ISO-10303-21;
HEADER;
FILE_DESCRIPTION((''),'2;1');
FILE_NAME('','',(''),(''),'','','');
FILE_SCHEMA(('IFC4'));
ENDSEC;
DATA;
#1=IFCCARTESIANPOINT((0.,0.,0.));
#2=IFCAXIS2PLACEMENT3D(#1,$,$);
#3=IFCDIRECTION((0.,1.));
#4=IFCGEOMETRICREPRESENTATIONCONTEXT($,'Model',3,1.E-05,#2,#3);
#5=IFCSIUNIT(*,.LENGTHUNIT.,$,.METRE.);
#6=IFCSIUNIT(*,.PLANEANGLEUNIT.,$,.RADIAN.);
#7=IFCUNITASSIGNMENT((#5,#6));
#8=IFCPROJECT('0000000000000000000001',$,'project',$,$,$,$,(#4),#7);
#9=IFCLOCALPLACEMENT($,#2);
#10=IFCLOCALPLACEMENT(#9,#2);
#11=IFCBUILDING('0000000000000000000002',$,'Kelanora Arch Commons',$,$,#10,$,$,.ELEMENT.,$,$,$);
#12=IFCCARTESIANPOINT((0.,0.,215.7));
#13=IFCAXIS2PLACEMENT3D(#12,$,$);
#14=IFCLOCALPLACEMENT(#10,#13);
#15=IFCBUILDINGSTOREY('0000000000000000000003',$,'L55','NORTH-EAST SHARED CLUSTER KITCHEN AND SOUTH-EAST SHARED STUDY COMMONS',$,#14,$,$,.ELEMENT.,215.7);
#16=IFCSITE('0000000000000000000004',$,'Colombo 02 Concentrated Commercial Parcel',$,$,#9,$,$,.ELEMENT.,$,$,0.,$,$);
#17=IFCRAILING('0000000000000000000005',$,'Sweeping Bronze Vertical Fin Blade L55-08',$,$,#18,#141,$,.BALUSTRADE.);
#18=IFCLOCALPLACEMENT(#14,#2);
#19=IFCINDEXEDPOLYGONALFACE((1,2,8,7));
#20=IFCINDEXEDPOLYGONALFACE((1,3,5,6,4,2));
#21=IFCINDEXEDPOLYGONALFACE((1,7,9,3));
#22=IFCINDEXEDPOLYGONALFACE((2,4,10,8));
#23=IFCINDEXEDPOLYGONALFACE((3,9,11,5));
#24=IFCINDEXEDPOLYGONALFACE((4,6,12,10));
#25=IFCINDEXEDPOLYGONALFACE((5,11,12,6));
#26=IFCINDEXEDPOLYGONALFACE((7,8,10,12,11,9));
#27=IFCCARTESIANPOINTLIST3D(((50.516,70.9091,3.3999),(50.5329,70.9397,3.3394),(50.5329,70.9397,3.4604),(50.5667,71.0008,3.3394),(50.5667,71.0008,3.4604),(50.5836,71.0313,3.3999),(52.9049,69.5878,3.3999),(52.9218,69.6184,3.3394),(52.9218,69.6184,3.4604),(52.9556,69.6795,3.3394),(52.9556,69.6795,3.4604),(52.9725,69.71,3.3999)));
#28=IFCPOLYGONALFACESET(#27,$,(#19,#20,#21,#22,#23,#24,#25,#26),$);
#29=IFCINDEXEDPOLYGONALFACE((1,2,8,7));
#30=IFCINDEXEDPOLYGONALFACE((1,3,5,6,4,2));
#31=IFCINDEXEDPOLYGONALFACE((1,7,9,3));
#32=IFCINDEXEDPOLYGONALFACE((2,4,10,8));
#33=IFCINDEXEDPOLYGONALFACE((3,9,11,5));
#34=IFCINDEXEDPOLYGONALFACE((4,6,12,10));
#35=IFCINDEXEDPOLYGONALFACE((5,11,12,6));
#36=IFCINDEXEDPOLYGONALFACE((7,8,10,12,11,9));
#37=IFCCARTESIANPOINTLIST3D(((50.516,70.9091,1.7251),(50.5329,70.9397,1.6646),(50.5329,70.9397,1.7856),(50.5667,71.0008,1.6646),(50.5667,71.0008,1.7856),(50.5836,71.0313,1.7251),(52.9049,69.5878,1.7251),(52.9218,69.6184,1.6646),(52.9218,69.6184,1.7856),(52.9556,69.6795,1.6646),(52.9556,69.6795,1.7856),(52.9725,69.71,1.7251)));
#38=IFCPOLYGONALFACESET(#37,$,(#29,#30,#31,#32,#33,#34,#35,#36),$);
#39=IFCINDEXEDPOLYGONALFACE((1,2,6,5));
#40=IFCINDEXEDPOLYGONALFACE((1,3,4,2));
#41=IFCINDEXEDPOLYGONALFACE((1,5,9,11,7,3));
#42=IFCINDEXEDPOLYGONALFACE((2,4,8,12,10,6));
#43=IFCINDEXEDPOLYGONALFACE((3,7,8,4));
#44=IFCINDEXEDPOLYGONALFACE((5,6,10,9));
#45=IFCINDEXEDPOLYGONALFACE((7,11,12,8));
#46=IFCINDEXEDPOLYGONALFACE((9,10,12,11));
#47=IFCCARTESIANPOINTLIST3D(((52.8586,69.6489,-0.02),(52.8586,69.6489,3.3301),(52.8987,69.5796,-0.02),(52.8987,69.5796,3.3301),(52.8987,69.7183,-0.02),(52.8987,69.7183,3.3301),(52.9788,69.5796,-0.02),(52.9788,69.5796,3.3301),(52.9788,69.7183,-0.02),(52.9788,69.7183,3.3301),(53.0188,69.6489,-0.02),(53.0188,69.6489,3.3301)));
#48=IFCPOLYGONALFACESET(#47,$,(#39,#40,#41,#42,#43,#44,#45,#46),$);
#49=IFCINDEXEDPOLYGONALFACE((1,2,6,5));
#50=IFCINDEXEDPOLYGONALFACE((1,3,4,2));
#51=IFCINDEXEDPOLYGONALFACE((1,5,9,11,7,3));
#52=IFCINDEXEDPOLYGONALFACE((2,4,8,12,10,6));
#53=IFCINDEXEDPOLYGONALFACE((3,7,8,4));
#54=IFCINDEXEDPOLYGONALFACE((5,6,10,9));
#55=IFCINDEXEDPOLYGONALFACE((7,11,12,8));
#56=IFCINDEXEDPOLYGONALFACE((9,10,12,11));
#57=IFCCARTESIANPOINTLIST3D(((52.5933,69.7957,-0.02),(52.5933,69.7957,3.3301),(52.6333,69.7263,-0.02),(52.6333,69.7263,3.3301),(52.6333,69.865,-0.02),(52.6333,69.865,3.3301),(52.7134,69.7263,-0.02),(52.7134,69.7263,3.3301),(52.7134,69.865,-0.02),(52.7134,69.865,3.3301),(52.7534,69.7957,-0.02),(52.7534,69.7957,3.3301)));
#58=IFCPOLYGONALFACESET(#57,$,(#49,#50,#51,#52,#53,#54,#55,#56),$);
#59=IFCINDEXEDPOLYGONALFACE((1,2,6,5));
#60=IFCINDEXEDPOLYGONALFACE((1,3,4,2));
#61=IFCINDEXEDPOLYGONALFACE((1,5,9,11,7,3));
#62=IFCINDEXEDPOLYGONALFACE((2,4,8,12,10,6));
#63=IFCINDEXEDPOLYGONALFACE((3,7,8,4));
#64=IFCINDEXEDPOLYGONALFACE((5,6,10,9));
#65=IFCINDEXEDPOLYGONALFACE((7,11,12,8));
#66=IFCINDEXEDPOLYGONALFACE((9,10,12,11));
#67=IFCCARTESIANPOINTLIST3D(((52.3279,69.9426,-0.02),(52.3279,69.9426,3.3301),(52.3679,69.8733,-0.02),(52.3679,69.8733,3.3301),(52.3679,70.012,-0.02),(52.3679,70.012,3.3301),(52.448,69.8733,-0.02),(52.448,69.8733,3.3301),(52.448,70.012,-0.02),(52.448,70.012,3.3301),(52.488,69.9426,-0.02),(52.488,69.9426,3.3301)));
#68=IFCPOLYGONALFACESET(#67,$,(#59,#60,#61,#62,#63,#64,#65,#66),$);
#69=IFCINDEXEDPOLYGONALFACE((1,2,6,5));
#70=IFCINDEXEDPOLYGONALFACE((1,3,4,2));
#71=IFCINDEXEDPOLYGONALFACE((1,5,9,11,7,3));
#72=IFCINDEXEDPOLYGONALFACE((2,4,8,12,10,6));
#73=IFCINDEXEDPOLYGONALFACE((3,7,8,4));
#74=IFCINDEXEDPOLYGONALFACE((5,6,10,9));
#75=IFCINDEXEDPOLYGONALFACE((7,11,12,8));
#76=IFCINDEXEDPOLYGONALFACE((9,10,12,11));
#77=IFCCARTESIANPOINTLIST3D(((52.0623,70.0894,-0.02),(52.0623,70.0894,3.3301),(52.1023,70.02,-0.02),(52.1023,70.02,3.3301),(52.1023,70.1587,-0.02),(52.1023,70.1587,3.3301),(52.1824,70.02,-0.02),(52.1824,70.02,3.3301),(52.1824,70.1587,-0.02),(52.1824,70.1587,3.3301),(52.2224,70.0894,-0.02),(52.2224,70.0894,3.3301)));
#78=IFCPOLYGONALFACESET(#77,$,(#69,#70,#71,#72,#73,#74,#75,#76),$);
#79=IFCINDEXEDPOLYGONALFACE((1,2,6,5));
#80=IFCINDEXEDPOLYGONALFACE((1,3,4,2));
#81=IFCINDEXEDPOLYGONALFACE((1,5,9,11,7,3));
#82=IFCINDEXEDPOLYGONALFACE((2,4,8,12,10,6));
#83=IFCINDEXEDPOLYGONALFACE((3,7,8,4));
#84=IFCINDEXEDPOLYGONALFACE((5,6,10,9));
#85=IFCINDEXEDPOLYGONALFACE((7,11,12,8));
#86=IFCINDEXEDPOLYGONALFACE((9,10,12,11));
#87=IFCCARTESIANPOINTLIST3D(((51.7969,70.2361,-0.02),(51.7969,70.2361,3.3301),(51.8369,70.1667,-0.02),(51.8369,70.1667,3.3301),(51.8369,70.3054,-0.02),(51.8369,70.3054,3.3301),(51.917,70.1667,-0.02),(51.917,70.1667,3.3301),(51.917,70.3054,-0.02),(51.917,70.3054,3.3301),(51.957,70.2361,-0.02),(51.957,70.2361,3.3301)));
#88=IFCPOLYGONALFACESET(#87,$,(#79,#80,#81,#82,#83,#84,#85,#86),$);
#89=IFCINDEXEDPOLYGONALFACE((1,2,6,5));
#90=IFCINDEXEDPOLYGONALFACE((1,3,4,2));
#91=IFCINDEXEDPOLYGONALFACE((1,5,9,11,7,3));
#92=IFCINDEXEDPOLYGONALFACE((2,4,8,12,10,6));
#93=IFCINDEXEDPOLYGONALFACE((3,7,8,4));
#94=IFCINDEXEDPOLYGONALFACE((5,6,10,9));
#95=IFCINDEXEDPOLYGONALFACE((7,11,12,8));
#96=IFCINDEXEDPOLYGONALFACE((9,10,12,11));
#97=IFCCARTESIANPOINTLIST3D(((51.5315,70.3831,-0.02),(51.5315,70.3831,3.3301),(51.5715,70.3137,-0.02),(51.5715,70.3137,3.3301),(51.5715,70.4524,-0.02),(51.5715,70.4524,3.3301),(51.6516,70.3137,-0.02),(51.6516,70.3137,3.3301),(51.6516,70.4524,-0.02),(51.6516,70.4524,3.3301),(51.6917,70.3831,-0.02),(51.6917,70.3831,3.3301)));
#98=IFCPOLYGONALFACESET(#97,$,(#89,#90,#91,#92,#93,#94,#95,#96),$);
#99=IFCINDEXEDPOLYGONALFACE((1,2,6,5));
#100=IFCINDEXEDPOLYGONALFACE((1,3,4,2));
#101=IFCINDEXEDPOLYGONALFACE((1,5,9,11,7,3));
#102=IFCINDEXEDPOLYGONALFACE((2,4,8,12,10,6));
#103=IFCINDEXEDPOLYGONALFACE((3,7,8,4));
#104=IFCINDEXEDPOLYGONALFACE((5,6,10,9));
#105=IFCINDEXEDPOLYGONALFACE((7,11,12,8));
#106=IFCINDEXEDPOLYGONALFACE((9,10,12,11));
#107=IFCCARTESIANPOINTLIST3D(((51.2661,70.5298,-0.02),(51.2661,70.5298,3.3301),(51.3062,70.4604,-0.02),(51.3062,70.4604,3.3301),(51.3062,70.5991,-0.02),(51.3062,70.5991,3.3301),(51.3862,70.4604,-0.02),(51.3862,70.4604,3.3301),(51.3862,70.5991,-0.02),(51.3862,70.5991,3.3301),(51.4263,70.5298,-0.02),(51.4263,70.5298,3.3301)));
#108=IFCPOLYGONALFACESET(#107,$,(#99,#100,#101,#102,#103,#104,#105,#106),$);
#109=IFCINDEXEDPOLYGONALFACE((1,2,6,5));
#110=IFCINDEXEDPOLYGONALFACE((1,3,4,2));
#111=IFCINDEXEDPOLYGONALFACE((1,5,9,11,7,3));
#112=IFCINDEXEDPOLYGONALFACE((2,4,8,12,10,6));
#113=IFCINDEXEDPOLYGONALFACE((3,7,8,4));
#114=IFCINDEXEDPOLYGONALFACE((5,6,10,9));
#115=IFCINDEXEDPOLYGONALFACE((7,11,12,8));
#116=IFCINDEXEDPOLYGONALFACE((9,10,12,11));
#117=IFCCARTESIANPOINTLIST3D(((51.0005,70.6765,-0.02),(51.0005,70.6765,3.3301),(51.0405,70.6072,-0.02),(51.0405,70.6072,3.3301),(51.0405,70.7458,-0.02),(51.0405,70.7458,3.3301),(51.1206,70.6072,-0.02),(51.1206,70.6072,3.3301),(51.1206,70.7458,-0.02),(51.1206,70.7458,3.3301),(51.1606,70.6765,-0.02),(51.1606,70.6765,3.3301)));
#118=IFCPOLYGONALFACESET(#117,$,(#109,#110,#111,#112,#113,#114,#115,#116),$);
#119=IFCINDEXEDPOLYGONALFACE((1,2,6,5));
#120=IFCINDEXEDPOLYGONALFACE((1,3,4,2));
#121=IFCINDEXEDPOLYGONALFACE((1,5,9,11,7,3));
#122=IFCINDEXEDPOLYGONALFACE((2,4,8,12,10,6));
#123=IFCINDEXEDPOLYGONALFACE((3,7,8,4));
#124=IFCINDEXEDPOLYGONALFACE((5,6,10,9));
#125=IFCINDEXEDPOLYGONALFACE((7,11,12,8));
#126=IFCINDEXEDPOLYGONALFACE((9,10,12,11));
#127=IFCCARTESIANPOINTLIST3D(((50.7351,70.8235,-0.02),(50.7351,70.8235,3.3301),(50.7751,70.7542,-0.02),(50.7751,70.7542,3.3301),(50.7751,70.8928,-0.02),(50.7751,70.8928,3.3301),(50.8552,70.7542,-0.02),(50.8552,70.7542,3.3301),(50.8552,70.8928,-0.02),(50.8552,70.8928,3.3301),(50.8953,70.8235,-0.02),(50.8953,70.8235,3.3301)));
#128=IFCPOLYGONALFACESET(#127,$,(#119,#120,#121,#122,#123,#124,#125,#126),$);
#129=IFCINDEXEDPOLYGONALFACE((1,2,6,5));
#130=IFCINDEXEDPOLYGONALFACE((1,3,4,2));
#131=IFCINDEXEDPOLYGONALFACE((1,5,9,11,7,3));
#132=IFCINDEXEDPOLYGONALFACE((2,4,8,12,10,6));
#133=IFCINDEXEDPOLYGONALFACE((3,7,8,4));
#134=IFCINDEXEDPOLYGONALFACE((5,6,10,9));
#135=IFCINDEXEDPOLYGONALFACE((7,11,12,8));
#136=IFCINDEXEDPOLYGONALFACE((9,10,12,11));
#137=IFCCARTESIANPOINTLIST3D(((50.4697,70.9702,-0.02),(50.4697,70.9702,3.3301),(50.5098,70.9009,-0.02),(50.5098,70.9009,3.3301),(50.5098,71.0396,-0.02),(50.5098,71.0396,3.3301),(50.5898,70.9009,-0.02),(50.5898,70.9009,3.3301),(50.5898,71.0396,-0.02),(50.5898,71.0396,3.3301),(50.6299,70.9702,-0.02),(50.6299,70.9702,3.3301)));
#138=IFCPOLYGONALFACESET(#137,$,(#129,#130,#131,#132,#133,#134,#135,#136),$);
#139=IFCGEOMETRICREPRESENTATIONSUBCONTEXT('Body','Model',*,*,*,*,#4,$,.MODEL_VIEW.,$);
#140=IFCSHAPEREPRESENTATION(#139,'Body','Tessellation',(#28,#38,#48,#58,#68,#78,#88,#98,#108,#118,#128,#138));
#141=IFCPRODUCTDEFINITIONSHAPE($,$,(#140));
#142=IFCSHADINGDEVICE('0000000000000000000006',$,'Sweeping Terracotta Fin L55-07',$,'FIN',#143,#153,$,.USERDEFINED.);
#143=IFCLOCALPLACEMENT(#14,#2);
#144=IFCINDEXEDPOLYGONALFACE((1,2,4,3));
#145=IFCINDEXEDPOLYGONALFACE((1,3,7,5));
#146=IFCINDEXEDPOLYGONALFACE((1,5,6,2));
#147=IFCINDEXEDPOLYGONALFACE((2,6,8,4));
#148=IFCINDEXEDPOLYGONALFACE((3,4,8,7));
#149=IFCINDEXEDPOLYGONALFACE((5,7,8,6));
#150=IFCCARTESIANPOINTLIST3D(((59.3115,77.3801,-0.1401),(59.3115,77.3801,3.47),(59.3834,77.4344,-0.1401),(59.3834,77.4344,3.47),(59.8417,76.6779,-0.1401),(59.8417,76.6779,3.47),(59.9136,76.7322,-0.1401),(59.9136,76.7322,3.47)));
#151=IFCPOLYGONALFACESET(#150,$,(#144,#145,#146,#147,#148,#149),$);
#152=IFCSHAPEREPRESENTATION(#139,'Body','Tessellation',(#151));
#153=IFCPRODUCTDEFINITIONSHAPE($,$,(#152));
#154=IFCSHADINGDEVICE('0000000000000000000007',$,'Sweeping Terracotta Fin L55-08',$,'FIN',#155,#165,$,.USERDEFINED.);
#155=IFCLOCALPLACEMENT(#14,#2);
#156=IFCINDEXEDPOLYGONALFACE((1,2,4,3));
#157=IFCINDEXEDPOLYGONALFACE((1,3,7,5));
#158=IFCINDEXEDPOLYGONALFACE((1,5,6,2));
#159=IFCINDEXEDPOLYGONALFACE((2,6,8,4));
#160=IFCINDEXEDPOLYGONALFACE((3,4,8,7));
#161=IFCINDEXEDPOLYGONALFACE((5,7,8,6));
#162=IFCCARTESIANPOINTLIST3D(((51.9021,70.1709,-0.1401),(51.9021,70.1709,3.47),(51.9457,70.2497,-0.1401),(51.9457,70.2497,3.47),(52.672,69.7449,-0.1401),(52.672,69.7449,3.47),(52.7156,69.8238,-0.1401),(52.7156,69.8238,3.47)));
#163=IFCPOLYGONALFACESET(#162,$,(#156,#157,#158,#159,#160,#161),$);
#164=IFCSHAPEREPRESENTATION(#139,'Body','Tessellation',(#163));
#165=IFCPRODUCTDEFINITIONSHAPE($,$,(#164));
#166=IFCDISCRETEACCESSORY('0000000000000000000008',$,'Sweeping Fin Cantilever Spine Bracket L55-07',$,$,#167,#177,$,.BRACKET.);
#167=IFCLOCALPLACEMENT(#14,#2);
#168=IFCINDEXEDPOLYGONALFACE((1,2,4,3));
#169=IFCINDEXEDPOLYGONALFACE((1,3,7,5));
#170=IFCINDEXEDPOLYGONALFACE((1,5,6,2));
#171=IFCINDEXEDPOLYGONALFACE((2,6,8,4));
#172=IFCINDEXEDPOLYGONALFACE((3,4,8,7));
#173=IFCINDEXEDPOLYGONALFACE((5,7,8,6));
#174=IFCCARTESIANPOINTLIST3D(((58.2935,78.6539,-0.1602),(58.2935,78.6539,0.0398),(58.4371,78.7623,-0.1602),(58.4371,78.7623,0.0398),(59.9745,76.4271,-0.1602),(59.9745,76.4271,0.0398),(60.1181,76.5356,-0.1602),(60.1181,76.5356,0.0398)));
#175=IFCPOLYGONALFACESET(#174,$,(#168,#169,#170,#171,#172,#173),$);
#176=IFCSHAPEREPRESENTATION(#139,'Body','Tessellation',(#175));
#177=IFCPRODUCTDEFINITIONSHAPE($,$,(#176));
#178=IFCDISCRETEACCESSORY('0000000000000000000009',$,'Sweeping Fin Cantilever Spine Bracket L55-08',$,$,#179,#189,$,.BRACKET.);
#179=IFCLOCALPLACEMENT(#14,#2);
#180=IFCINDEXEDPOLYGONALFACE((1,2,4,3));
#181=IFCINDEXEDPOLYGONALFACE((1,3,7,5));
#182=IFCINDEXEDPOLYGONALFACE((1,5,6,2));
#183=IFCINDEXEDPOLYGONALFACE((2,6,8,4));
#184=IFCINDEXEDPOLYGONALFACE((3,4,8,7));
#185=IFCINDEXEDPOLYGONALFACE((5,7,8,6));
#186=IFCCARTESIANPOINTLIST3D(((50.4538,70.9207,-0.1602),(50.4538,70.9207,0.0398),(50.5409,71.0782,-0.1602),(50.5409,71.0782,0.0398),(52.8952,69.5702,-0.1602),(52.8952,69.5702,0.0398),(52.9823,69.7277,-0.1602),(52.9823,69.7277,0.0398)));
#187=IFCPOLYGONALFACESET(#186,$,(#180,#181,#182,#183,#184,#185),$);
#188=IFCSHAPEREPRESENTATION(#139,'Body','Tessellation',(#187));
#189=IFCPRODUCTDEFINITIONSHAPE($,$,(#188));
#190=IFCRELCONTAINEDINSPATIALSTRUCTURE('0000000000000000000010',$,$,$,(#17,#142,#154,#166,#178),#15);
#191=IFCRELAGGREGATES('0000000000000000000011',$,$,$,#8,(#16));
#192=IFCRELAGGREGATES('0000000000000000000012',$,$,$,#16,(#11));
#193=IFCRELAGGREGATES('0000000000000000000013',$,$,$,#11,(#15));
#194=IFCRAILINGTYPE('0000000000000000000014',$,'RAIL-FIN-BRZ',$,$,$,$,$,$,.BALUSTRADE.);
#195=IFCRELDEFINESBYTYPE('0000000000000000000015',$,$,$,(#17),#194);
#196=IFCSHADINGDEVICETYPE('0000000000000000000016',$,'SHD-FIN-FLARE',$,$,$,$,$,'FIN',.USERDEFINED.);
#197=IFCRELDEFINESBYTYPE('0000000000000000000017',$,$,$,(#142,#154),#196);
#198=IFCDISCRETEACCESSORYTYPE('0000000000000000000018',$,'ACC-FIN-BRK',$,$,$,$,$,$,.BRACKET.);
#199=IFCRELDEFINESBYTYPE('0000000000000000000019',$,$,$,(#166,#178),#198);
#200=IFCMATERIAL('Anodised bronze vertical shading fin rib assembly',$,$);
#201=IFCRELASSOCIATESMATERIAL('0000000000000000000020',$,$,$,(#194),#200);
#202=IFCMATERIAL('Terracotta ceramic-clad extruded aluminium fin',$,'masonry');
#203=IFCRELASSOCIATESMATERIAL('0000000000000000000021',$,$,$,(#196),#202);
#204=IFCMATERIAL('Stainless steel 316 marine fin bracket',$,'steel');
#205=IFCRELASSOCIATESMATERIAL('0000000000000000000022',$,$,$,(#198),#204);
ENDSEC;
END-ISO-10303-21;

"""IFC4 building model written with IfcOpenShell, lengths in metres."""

from ifc_helpers import new_model, si_unit, direction, frame, origin, origin_2d, place, context, subcontext, project, spatial, polyline, rectangle, outline, extrude, source, transform, mapped, material, type_object, element, save


model = new_model("IFC4")

# Units and contexts
model_context = context("Model", 3, precision=1e-05, world=origin(), true_north=direction((0.0, 1.0)))
body_context = subcontext(model_context, "Body", "Model", "MODEL_VIEW")
ifc_project = project(units=[si_unit("LENGTHUNIT", "METRE"), si_unit("PLANEANGLEUNIT", "RADIAN")], contexts=[model_context])

# Site, building, storey
site_placement = place(None, origin())
site = spatial("IfcSite", under=ifc_project, at=site_placement, Name="Colombo 02 Concentrated Commercial Parcel", CompositionType="ELEMENT", RefElevation=0.0)
building_placement = place(site_placement, origin())
building = spatial("IfcBuilding", under=site, at=building_placement, Name="Kelanora Arch Commons", CompositionType="ELEMENT")
storey_placement = place(building_placement, frame((0.0, 0.0, 215.7)))
storey = spatial("IfcBuildingStorey", under=building, at=storey_placement, Name="L55", Description="NORTH-EAST SHARED CLUSTER KITCHEN AND SOUTH-EAST SHARED STUDY COMMONS", CompositionType="ELEMENT", Elevation=215.7)

# Railing
ifc_material_1 = material(Name="Anodised bronze vertical shading fin rib assembly")
railing_type = type_object("IfcRailingType", Name="RAIL-FIN-BRZ", PredefinedType="BALUSTRADE", material=ifc_material_1)
railing_1_placement = place(storey_placement, frame((52.9387, 69.6489, -0.02)))
element("IfcRailing", 1, at=railing_1_placement, inside=storey, type_object=railing_type, Name="Sweeping Bronze Vertical Fin Blade L55-08", PredefinedType="BALUSTRADE", context=body_context, shape_type="SweptSolid", body=[
    extrude(outline(polyline([(0.0698, 0.0), (0.0349, 0.0605), (-0.0349, 0.0605), (-0.0698, 0.0), (-0.0349, -0.0605), (0.0349, -0.0605), (0.0698, 0.0)])), frame((0.0, 0.0, 3.4199), z_axis=(-0.875071, 0.483994, 0.0), x_axis=(-0.483994, -0.875071, 0.0)), (0.0, 0.0, 1.0), 2.73),
    extrude(outline(polyline([(0.0698, 0.0), (0.0349, 0.0605), (-0.0349, 0.0605), (-0.0698, 0.0), (-0.0349, -0.0605), (0.0349, -0.0605), (0.0698, 0.0)])), frame((0.0, 0.0, 1.7451), z_axis=(-0.875071, 0.483994, 0.0), x_axis=(-0.483994, -0.875071, 0.0)), (0.0, 0.0, 1.0), 2.73),
    extrude(outline(polyline([(0.0801, 0.0), (0.04, 0.0693), (-0.04, 0.0693), (-0.0801, 0.0), (-0.04, -0.0693), (0.04, -0.0693), (0.0801, 0.0)])), origin(), (0.0, 0.0, 1.0), 3.3501),
    extrude(outline(polyline([(0.0801, 0.0), (0.04, 0.0693), (-0.04, 0.0693), (-0.0801, 0.0), (-0.04, -0.0693), (0.04, -0.0693), (0.0801, 0.0)])), frame((-0.2654, 0.1467, 0.0)), (0.0, 0.0, 1.0), 3.3501),
    extrude(outline(polyline([(0.0801, 0.0), (0.04, 0.0693), (-0.04, 0.0693), (-0.0801, 0.0), (-0.04, -0.0693), (0.04, -0.0693), (0.0801, 0.0)])), frame((-0.5308, 0.2937, 0.0)), (0.0, 0.0, 1.0), 3.3501),
    extrude(outline(polyline([(0.0801, 0.0), (0.04, 0.0693), (-0.04, 0.0693), (-0.0801, 0.0), (-0.04, -0.0693), (0.04, -0.0693), (0.0801, 0.0)])), frame((-0.7964, 0.4404, 0.0)), (0.0, 0.0, 1.0), 3.3501),
    extrude(outline(polyline([(0.0801, 0.0), (0.04, 0.0693), (-0.04, 0.0693), (-0.0801, 0.0), (-0.04, -0.0693), (0.04, -0.0693), (0.0801, 0.0)])), frame((-1.0618, 0.5872, 0.0)), (0.0, 0.0, 1.0), 3.3501),
    extrude(outline(polyline([(0.0801, 0.0), (0.04, 0.0693), (-0.04, 0.0693), (-0.0801, 0.0), (-0.04, -0.0693), (0.04, -0.0693), (0.0801, 0.0)])), frame((-1.3271, 0.7341, 0.0)), (0.0, 0.0, 1.0), 3.3501),
    extrude(outline(polyline([(0.0801, 0.0), (0.04, 0.0693), (-0.04, 0.0693), (-0.0801, 0.0), (-0.04, -0.0693), (0.04, -0.0693), (0.0801, 0.0)])), frame((-1.5925, 0.8809, 0.0)), (0.0, 0.0, 1.0), 3.3501),
    extrude(outline(polyline([(0.0801, 0.0), (0.04, 0.0693), (-0.04, 0.0693), (-0.0801, 0.0), (-0.04, -0.0693), (0.04, -0.0693), (0.0801, 0.0)])), frame((-1.8582, 1.0276, 0.0)), (0.0, 0.0, 1.0), 3.3501),
    extrude(outline(polyline([(0.0801, 0.0), (0.04, 0.0693), (-0.04, 0.0693), (-0.0801, 0.0), (-0.04, -0.0693), (0.04, -0.0693), (0.0801, 0.0)])), frame((-2.1235, 1.1746, 0.0)), (0.0, 0.0, 1.0), 3.3501),
    extrude(outline(polyline([(0.0801, 0.0), (0.04, 0.0693), (-0.04, 0.0693), (-0.0801, 0.0), (-0.04, -0.0693), (0.04, -0.0693), (0.0801, 0.0)])), frame((-2.3889, 1.3213, 0.0)), (0.0, 0.0, 1.0), 3.3501),
])

# Shading devices
ifc_material_2 = material(Name="Terracotta ceramic-clad extruded aluminium fin", Category="masonry")
shading_device_type = type_object("IfcShadingDeviceType", Name="SHD-FIN-FLARE", ElementType="FIN", PredefinedType="USERDEFINED", material=ifc_material_2)
shared_shape_1 = source(origin(), body_context, "Body", "SweptSolid", [
    extrude(rectangle(XDim=0.8799, YDim=0.0901, at=origin_2d()), origin(), (0.0, 0.0, 1.0), 3.6101),
])
for number, where, z_axis, x_axis, name in (
    (2, (59.6125, 77.0562, -0.1401), (0.0, 0.0, 1.0), (-0.602512, 0.79811, 0.0), "Sweeping Terracotta Fin L55-07"),
    (3, (52.3088, 69.9973, -0.1401), (0.0, 0.0, 1.0), (-0.875042, 0.484046, 0.0), "Sweeping Terracotta Fin L55-08"),
):
    element("IfcShadingDevice", number, at=place(storey_placement, frame(where, z_axis=z_axis, x_axis=x_axis)), inside=storey, type_object=shading_device_type, Name=name, ObjectType="FIN", PredefinedType="USERDEFINED", context=body_context, shape_type="MappedRepresentation", body=[
        mapped(shared_shape_1, transform((0.0, 0.0, 0.0), scale=1.0)),
    ])

# Discrete accessories
ifc_material_3 = material(Name="Stainless steel 316 marine fin bracket", Category="steel")
discrete_accessory_type = type_object("IfcDiscreteAccessoryType", Name="ACC-FIN-BRK", PredefinedType="BRACKET", material=ifc_material_3)
shared_shape_2 = source(origin(), body_context, "Body", "SweptSolid", [
    extrude(rectangle(XDim=2.79, YDim=0.1799, at=origin_2d()), origin(), (0.0, 0.0, 1.0), 0.2),
])
for number, where, z_axis, x_axis, name in (
    (4, (59.2058, 77.5947, -0.1602), (0.0, 0.0, 1.0), (-0.602512, 0.79811, 0.0), "Sweeping Fin Cantilever Spine Bracket L55-07"),
    (5, (51.718, 70.3242, -0.1602), (0.0, 0.0, 1.0), (-0.875042, 0.484046, 0.0), "Sweeping Fin Cantilever Spine Bracket L55-08"),
):
    element("IfcDiscreteAccessory", number, at=place(storey_placement, frame(where, z_axis=z_axis, x_axis=x_axis)), inside=storey, type_object=discrete_accessory_type, Name=name, PredefinedType="BRACKET", context=body_context, shape_type="MappedRepresentation", body=[
        mapped(shared_shape_2, transform((0.0, 0.0, 0.0), scale=1.0)),
    ])

save(model, "model.ifc")
